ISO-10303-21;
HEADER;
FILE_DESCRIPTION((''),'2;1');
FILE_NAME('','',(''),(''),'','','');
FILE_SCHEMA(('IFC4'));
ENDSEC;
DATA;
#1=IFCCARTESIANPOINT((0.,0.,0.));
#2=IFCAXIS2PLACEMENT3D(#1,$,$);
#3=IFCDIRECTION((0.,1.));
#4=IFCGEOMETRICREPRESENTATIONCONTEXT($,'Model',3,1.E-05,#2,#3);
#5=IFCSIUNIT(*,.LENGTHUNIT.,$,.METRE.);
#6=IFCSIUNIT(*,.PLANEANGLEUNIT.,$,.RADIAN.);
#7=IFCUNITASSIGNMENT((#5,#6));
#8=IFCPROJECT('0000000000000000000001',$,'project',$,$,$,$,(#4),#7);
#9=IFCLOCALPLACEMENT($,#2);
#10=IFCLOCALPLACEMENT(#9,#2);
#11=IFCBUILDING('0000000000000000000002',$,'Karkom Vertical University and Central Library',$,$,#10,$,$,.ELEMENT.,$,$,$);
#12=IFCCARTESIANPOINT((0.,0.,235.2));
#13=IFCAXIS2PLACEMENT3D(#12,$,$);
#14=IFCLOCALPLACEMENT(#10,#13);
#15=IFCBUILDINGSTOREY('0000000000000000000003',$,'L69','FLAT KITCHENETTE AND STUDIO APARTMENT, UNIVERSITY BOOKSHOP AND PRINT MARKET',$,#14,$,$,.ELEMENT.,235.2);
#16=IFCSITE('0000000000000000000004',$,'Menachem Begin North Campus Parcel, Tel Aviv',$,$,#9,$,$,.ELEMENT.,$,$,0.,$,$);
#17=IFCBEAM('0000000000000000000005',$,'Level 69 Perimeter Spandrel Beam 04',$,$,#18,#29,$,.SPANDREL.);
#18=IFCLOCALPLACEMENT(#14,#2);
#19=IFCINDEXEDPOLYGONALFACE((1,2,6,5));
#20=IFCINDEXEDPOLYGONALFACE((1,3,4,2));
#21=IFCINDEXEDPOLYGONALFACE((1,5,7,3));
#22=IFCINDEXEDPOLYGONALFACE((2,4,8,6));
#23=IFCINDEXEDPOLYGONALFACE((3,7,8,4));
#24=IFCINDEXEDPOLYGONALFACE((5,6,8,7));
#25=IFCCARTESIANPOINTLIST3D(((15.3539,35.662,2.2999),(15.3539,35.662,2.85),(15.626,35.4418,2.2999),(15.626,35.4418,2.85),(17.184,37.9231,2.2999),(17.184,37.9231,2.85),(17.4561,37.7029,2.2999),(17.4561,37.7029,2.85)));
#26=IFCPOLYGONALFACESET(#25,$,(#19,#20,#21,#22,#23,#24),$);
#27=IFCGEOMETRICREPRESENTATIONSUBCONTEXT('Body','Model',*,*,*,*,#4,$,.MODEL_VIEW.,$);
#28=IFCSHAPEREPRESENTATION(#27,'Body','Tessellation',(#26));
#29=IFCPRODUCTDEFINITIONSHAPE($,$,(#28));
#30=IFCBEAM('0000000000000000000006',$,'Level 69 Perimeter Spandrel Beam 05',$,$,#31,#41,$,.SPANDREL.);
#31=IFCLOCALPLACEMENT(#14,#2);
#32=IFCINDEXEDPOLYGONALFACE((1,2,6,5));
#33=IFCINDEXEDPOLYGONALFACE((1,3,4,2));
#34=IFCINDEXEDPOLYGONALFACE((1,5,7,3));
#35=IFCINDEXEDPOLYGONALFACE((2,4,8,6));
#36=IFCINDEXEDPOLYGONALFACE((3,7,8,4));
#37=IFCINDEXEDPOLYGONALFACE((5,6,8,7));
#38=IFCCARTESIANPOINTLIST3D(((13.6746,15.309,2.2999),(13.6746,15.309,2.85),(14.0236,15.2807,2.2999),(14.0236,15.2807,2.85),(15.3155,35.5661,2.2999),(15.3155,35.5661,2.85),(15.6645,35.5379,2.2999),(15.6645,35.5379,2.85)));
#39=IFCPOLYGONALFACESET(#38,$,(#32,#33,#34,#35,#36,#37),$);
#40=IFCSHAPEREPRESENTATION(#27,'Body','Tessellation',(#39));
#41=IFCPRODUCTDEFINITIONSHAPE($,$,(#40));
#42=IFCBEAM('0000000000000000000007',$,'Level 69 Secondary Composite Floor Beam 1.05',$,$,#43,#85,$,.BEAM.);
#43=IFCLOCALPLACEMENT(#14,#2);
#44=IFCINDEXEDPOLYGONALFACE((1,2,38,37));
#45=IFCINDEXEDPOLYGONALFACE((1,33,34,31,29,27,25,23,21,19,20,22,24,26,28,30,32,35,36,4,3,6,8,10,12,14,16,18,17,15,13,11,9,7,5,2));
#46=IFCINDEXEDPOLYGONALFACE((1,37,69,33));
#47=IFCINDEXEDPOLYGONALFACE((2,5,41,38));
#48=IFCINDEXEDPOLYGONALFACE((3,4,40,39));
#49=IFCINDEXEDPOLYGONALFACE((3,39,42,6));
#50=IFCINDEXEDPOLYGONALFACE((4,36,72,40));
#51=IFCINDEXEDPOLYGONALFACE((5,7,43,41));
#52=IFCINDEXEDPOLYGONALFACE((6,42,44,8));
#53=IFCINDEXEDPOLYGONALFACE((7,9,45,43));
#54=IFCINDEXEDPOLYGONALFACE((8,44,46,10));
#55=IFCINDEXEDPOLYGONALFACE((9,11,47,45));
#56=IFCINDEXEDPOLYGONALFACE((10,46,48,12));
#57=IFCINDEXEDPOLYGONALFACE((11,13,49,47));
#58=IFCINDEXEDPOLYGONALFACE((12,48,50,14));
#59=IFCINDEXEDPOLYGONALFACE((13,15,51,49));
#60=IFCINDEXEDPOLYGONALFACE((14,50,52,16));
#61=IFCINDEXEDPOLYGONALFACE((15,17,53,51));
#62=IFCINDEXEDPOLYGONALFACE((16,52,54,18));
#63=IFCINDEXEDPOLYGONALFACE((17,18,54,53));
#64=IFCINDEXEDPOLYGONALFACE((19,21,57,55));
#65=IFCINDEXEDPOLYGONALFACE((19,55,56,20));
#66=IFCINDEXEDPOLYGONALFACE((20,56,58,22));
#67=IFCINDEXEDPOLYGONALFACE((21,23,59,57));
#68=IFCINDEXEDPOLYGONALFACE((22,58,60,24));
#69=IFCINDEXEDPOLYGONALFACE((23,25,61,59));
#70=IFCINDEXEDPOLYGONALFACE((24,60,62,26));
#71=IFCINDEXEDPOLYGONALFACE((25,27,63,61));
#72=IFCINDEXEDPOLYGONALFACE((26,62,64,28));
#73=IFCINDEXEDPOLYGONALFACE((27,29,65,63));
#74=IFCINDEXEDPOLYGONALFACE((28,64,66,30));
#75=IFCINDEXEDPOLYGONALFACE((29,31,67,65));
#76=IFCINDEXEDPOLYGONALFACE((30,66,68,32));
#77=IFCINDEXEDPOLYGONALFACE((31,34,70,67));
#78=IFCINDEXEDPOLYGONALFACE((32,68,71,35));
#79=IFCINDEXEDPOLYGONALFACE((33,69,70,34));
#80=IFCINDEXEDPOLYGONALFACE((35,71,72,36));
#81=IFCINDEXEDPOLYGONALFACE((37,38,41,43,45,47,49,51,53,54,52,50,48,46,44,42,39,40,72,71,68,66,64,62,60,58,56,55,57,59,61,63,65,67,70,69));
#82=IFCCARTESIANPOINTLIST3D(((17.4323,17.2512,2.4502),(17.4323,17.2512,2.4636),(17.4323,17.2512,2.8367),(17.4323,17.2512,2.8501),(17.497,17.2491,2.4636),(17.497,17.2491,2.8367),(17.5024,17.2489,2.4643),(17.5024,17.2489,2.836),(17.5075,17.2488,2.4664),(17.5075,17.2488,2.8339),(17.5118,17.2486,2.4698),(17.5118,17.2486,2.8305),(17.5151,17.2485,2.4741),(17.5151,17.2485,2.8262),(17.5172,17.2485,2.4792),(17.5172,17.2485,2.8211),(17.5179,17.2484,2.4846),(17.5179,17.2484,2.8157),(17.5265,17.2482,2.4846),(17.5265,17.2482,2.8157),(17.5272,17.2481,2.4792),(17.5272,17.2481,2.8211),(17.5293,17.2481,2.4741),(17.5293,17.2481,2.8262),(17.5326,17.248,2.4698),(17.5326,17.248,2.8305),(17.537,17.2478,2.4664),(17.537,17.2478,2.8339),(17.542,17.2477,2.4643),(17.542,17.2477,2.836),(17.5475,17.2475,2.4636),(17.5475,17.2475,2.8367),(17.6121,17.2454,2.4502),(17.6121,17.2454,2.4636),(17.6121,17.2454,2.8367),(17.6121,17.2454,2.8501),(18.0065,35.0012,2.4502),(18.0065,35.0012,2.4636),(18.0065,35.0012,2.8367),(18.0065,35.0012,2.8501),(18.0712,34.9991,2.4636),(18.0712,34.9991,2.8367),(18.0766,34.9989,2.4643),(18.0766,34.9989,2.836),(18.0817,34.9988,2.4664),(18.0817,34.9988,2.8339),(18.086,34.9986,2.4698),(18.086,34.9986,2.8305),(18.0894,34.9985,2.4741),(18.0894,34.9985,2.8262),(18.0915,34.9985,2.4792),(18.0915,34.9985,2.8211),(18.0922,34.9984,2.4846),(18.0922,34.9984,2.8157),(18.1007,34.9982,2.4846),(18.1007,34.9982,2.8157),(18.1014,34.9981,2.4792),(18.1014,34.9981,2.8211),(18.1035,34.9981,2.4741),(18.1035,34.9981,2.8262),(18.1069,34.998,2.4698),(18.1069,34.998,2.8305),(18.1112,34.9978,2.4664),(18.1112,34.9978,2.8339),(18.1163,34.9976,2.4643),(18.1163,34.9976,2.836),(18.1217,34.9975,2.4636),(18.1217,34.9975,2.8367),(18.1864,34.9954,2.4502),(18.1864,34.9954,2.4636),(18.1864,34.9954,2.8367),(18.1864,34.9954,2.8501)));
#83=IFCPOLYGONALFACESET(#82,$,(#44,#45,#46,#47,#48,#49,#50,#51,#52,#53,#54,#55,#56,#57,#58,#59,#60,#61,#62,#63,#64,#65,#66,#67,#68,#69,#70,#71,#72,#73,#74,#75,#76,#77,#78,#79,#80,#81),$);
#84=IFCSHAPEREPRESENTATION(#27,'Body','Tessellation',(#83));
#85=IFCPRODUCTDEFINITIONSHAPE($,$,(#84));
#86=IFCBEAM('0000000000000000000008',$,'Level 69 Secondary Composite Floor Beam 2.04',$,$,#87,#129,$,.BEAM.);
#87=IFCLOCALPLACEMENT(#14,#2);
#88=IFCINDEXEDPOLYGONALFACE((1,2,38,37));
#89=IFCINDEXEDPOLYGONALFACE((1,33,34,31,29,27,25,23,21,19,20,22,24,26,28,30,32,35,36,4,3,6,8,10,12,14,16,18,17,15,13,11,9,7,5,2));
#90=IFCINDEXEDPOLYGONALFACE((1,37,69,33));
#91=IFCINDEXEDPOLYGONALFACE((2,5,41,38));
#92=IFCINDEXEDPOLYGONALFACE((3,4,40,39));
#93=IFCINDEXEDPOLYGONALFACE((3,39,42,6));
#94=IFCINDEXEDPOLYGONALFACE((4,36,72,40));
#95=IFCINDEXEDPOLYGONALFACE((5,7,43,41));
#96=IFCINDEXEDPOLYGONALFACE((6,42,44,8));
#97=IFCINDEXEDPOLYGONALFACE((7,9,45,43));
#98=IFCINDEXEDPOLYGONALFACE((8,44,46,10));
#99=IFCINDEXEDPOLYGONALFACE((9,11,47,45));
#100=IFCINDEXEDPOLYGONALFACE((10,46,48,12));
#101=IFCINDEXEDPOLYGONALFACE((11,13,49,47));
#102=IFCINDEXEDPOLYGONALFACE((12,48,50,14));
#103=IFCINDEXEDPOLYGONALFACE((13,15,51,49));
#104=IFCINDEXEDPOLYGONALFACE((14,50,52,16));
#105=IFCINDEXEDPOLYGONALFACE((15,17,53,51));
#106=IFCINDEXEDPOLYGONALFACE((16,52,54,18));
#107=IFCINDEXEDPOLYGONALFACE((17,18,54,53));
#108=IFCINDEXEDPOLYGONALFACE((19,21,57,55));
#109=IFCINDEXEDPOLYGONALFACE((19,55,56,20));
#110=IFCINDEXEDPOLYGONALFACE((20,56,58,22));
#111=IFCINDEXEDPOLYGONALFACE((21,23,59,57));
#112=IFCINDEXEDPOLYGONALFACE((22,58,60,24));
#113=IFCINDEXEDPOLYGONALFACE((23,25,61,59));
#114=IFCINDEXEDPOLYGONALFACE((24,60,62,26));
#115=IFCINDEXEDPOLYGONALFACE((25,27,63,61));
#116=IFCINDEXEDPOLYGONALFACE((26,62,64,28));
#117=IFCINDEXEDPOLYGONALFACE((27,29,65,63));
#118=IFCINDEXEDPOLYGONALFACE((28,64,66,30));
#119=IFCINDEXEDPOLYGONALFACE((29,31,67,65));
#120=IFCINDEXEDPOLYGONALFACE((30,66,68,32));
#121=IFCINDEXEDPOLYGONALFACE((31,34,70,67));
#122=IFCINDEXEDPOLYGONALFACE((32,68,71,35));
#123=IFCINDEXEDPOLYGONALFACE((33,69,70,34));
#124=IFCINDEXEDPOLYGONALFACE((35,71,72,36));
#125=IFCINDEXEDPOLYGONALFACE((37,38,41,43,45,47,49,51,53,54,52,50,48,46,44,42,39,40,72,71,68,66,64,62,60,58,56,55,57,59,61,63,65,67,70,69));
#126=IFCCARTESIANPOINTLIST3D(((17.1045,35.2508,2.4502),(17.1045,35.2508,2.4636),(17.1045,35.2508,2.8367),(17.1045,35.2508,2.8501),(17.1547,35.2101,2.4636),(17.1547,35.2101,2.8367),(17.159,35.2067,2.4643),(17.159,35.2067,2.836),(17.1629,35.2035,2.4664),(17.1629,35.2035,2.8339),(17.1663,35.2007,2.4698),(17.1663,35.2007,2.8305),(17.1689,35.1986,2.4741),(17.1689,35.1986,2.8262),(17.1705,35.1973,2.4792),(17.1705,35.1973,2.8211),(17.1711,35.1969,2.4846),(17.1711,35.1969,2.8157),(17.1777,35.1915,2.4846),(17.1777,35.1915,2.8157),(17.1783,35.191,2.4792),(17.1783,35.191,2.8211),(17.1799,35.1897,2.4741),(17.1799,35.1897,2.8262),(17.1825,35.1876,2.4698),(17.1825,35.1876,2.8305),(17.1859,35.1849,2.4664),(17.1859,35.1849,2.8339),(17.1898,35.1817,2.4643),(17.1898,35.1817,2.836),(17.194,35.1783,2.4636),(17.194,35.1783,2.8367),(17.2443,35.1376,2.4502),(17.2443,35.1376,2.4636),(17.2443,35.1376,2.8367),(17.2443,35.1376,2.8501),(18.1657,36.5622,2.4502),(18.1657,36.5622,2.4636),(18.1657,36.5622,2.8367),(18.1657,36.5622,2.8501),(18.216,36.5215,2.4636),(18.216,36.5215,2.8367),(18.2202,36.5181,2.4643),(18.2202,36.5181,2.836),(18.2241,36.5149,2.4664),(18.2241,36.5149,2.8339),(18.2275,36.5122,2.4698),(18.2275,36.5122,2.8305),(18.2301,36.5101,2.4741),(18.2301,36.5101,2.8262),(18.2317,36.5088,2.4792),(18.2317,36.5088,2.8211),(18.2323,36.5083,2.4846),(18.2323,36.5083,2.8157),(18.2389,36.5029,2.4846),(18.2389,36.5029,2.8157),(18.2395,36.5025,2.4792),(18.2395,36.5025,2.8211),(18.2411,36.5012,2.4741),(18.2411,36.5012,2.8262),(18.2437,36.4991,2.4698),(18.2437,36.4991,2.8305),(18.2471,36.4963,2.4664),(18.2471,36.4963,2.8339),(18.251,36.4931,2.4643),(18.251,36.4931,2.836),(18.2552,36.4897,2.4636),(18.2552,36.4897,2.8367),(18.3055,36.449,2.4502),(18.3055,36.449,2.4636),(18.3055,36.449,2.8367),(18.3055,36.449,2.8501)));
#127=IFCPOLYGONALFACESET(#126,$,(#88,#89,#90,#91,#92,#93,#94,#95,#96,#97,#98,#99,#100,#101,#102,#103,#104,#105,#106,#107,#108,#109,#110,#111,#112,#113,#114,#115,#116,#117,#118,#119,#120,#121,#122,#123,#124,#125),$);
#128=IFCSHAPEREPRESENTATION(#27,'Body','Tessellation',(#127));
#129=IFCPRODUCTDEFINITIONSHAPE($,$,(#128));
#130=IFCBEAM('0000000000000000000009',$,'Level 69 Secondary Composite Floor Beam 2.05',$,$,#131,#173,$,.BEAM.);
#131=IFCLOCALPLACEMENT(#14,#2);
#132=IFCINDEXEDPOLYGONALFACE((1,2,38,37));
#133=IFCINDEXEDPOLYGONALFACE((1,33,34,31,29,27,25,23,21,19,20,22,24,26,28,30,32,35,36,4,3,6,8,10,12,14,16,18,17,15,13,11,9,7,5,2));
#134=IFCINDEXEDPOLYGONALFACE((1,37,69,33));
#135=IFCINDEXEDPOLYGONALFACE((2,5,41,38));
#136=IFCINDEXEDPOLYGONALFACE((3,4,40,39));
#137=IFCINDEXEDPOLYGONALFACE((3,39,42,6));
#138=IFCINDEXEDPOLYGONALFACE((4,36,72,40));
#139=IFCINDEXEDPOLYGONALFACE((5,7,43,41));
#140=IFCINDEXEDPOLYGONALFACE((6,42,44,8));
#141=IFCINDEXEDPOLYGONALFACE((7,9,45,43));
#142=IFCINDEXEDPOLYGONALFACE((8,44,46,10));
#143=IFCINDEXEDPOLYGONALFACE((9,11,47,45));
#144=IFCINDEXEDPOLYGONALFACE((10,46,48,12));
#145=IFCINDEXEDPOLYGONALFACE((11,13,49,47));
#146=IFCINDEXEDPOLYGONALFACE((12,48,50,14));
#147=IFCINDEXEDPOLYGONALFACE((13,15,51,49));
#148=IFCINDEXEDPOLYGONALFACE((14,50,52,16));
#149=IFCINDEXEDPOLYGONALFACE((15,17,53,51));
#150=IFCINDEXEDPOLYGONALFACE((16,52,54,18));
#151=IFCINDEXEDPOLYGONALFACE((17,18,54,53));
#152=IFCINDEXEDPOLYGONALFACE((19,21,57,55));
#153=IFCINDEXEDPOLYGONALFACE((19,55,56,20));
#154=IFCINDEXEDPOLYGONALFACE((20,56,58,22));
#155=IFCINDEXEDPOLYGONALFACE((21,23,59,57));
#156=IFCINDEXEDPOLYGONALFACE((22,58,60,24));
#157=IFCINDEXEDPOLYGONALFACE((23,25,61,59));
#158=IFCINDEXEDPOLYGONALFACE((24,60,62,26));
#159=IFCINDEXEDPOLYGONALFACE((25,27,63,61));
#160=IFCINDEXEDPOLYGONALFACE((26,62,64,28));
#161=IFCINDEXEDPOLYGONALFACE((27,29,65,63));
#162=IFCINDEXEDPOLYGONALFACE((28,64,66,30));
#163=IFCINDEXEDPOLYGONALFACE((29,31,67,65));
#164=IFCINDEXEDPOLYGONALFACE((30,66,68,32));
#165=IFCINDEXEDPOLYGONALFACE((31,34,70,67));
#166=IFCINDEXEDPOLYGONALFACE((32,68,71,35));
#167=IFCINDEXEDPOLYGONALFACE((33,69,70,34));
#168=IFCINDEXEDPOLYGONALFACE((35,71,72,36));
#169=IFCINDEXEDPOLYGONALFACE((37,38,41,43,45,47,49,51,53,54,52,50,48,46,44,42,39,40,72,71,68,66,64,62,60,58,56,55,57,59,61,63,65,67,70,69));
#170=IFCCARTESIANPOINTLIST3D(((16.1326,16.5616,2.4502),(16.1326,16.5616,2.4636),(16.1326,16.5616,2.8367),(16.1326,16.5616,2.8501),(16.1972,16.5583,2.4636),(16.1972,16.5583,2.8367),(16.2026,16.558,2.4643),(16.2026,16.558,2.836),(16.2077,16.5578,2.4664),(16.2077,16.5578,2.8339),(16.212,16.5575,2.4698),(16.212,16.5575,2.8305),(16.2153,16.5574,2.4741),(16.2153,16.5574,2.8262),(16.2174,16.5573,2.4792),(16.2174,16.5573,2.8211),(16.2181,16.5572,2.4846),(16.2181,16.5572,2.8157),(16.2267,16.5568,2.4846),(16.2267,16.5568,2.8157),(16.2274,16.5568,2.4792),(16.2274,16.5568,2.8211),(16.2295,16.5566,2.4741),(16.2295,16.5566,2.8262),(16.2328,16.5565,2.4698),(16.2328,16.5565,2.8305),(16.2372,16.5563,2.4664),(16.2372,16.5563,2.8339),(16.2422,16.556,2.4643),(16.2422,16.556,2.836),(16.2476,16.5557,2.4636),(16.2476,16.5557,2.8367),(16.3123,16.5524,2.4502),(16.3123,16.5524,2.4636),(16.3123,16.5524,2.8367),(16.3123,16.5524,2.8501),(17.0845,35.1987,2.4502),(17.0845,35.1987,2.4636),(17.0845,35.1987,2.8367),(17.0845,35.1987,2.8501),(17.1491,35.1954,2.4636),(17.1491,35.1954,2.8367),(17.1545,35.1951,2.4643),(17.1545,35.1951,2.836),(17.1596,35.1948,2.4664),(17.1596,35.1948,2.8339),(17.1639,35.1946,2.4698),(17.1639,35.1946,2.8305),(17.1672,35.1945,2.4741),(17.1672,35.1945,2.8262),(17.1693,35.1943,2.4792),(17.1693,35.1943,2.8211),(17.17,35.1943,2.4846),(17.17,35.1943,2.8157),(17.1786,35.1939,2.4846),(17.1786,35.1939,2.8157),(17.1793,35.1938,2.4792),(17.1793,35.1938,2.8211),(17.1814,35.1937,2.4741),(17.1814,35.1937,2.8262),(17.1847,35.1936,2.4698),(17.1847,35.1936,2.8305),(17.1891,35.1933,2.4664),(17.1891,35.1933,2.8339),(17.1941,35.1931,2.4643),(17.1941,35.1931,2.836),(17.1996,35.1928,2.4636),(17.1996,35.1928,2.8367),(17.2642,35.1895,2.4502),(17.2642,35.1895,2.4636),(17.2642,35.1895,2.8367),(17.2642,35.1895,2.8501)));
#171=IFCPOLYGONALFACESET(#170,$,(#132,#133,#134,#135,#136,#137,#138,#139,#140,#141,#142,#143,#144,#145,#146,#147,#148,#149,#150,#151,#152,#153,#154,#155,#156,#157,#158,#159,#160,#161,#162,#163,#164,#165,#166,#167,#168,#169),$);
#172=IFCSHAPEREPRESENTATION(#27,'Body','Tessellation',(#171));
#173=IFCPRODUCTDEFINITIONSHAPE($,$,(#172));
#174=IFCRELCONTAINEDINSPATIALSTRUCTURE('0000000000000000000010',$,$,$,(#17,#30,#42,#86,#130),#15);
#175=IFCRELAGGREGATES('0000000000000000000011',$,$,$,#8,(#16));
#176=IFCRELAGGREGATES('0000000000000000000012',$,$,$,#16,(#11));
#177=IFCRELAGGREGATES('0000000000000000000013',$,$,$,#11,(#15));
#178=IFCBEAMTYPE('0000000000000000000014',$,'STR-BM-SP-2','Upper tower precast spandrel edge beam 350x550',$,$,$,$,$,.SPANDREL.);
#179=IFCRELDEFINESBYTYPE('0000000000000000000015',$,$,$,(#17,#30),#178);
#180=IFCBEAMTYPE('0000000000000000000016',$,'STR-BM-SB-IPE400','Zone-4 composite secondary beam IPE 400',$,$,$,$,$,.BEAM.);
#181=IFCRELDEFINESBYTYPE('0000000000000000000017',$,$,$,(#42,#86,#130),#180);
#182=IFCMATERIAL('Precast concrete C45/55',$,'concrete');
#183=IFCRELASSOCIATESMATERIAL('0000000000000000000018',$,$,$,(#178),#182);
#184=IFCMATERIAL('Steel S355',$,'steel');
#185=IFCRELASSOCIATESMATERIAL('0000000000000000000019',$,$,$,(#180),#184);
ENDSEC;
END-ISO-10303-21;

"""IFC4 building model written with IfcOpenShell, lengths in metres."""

from ifc_helpers import new_model, si_unit, direction, frame, origin, origin_with_axes, origin_2d, place, context, subcontext, project, spatial, rectangle, i_section, extrude, source, transform, mapped, material, material_profile, profile_set, type_object, element, save


model = new_model("IFC4")

# Units and contexts
model_context = context("Model", 3, precision=1e-05, world=origin(), true_north=direction((0.0, 1.0)))
body_context = subcontext(model_context, "Body", "Model", "MODEL_VIEW")
ifc_project = project(units=[si_unit("LENGTHUNIT", "METRE"), si_unit("PLANEANGLEUNIT", "RADIAN")], contexts=[model_context])

# Site, building, storey
site_placement = place(None, origin())
site = spatial("IfcSite", under=ifc_project, at=site_placement, Name="Menachem Begin North Campus Parcel, Tel Aviv", CompositionType="ELEMENT", RefElevation=0.0)
building_placement = place(site_placement, origin())
building = spatial("IfcBuilding", under=site, at=building_placement, Name="Karkom Vertical University and Central Library", CompositionType="ELEMENT")
storey_placement = place(building_placement, frame((0.0, 0.0, 235.2)))
storey = spatial("IfcBuildingStorey", under=building, at=storey_placement, Name="L69", Description="FLAT KITCHENETTE AND STUDIO APARTMENT, UNIVERSITY BOOKSHOP AND PRINT MARKET", CompositionType="ELEMENT", Elevation=235.2)

# Beams
ifc_material_1 = material(Name="Precast concrete C45/55", Category="concrete")
ifc_material_profile_1 = material_profile(ifc_material_1, rectangle(XDim=0.3501, YDim=0.55, at=origin_2d()), Name="SPB-350x550")
ifc_profile_set_1 = profile_set([ifc_material_profile_1], Name="Precast concrete C45/55")
beam_type_1 = type_object("IfcBeamType", Name="STR-BM-SP-2", Description="Upper tower precast spandrel edge beam 350x550", PredefinedType="SPANDREL", material=ifc_profile_set_1)
shared_shape_1 = source(origin_with_axes(), body_context, "Body", "SweptSolid", [
    extrude(rectangle(XDim=0.3501, YDim=0.55, at=origin_2d()), origin(), (0.0, 0.0, 1.0), 2.9089),
])
beam_1_placement = place(storey_placement, frame((17.3201, 37.813, 2.575), z_axis=(-0.629148, -0.777286, 0.0), x_axis=(0.777286, -0.629148, 0.0)))
element("IfcBeam", 1, at=beam_1_placement, inside=storey, type_object=beam_type_1, Name="Level 69 Perimeter Spandrel Beam 04", PredefinedType="SPANDREL", context=body_context, shape_type="MappedRepresentation", body=[
    mapped(shared_shape_1, transform((0.0, 0.0, 0.0), scale=1.0)),
])
shared_shape_2 = source(origin_with_axes(), body_context, "Body", "SweptSolid", [
    extrude(rectangle(XDim=0.3501, YDim=0.55, at=origin_2d()), origin(), (0.0, 0.0, 1.0), 20.3235),
])
beam_2_placement = place(storey_placement, frame((15.49, 35.552, 2.575), z_axis=(-0.080738, -0.996735, 0.0), x_axis=(0.996735, -0.080738, 0.0)))
element("IfcBeam", 2, at=beam_2_placement, inside=storey, type_object=beam_type_1, Name="Level 69 Perimeter Spandrel Beam 05", PredefinedType="SPANDREL", context=body_context, shape_type="MappedRepresentation", body=[
    mapped(shared_shape_2, transform((0.0, 0.0, 0.0), scale=1.0)),
])
ifc_material_2 = material(Name="Steel S355", Category="steel")
ifc_material_profile_2 = material_profile(ifc_material_2, i_section(OverallWidth=0.1799, OverallDepth=0.3999, WebThickness=0.0085, FlangeThickness=0.0134, FilletRadius=0.021, at=origin_2d()), Name="IPE 400")
ifc_profile_set_2 = profile_set([ifc_material_profile_2], Name="Steel S355")
beam_type_2 = type_object("IfcBeamType", Name="STR-BM-SB-IPE400", Description="Zone-4 composite secondary beam IPE 400", PredefinedType="BEAM", material=ifc_profile_set_2)
shared_shape_3 = source(origin_with_axes(), body_context, "Body", "SweptSolid", [
    extrude(i_section(OverallWidth=0.1799, OverallDepth=0.3999, WebThickness=0.0085, FlangeThickness=0.0134, FilletRadius=0.021, at=origin_2d()), origin(), (0.0, 0.0, 1.0), 17.7593),
])
beam_3_placement = place(storey_placement, frame((18.0964, 34.9983, 2.6501), z_axis=(-0.032333, -0.999477, 0.0), x_axis=(0.999477, -0.032333, 0.0)))
element("IfcBeam", 3, at=beam_3_placement, inside=storey, type_object=beam_type_2, Name="Level 69 Secondary Composite Floor Beam 1.05", PredefinedType="BEAM", context=body_context, shape_type="MappedRepresentation", body=[
    mapped(shared_shape_3, transform((0.0, 0.0, 0.0), scale=1.0)),
])
shared_shape_4 = source(origin_with_axes(), body_context, "Body", "SweptSolid", [
    extrude(i_section(OverallWidth=0.1799, OverallDepth=0.3999, WebThickness=0.0085, FlangeThickness=0.0134, FilletRadius=0.021, at=origin_2d()), origin(), (0.0, 0.0, 1.0), 1.687),
])
beam_4_placement = place(storey_placement, frame((18.2356, 36.5056, 2.6501), z_axis=(-0.629044, -0.77737, 0.0), x_axis=(0.77737, -0.629044, 0.0)))
element("IfcBeam", 4, at=beam_4_placement, inside=storey, type_object=beam_type_2, Name="Level 69 Secondary Composite Floor Beam 2.04", PredefinedType="BEAM", context=body_context, shape_type="MappedRepresentation", body=[
    mapped(shared_shape_4, transform((0.0, 0.0, 0.0), scale=1.0)),
])
shared_shape_5 = source(origin_with_axes(), body_context, "Body", "SweptSolid", [
    extrude(i_section(OverallWidth=0.1799, OverallDepth=0.3999, WebThickness=0.0085, FlangeThickness=0.0134, FilletRadius=0.021, at=origin_2d()), origin(), (0.0, 0.0, 1.0), 18.6614),
])
beam_5_placement = place(storey_placement, frame((17.1743, 35.1941, 2.6501), z_axis=(-0.05101, -0.998698, 0.0), x_axis=(0.998698, -0.05101, 0.0)))
element("IfcBeam", 5, at=beam_5_placement, inside=storey, type_object=beam_type_2, Name="Level 69 Secondary Composite Floor Beam 2.05", PredefinedType="BEAM", context=body_context, shape_type="MappedRepresentation", body=[
    mapped(shared_shape_5, transform((0.0, 0.0, 0.0), scale=1.0)),
])

save(model, "model.ifc")
